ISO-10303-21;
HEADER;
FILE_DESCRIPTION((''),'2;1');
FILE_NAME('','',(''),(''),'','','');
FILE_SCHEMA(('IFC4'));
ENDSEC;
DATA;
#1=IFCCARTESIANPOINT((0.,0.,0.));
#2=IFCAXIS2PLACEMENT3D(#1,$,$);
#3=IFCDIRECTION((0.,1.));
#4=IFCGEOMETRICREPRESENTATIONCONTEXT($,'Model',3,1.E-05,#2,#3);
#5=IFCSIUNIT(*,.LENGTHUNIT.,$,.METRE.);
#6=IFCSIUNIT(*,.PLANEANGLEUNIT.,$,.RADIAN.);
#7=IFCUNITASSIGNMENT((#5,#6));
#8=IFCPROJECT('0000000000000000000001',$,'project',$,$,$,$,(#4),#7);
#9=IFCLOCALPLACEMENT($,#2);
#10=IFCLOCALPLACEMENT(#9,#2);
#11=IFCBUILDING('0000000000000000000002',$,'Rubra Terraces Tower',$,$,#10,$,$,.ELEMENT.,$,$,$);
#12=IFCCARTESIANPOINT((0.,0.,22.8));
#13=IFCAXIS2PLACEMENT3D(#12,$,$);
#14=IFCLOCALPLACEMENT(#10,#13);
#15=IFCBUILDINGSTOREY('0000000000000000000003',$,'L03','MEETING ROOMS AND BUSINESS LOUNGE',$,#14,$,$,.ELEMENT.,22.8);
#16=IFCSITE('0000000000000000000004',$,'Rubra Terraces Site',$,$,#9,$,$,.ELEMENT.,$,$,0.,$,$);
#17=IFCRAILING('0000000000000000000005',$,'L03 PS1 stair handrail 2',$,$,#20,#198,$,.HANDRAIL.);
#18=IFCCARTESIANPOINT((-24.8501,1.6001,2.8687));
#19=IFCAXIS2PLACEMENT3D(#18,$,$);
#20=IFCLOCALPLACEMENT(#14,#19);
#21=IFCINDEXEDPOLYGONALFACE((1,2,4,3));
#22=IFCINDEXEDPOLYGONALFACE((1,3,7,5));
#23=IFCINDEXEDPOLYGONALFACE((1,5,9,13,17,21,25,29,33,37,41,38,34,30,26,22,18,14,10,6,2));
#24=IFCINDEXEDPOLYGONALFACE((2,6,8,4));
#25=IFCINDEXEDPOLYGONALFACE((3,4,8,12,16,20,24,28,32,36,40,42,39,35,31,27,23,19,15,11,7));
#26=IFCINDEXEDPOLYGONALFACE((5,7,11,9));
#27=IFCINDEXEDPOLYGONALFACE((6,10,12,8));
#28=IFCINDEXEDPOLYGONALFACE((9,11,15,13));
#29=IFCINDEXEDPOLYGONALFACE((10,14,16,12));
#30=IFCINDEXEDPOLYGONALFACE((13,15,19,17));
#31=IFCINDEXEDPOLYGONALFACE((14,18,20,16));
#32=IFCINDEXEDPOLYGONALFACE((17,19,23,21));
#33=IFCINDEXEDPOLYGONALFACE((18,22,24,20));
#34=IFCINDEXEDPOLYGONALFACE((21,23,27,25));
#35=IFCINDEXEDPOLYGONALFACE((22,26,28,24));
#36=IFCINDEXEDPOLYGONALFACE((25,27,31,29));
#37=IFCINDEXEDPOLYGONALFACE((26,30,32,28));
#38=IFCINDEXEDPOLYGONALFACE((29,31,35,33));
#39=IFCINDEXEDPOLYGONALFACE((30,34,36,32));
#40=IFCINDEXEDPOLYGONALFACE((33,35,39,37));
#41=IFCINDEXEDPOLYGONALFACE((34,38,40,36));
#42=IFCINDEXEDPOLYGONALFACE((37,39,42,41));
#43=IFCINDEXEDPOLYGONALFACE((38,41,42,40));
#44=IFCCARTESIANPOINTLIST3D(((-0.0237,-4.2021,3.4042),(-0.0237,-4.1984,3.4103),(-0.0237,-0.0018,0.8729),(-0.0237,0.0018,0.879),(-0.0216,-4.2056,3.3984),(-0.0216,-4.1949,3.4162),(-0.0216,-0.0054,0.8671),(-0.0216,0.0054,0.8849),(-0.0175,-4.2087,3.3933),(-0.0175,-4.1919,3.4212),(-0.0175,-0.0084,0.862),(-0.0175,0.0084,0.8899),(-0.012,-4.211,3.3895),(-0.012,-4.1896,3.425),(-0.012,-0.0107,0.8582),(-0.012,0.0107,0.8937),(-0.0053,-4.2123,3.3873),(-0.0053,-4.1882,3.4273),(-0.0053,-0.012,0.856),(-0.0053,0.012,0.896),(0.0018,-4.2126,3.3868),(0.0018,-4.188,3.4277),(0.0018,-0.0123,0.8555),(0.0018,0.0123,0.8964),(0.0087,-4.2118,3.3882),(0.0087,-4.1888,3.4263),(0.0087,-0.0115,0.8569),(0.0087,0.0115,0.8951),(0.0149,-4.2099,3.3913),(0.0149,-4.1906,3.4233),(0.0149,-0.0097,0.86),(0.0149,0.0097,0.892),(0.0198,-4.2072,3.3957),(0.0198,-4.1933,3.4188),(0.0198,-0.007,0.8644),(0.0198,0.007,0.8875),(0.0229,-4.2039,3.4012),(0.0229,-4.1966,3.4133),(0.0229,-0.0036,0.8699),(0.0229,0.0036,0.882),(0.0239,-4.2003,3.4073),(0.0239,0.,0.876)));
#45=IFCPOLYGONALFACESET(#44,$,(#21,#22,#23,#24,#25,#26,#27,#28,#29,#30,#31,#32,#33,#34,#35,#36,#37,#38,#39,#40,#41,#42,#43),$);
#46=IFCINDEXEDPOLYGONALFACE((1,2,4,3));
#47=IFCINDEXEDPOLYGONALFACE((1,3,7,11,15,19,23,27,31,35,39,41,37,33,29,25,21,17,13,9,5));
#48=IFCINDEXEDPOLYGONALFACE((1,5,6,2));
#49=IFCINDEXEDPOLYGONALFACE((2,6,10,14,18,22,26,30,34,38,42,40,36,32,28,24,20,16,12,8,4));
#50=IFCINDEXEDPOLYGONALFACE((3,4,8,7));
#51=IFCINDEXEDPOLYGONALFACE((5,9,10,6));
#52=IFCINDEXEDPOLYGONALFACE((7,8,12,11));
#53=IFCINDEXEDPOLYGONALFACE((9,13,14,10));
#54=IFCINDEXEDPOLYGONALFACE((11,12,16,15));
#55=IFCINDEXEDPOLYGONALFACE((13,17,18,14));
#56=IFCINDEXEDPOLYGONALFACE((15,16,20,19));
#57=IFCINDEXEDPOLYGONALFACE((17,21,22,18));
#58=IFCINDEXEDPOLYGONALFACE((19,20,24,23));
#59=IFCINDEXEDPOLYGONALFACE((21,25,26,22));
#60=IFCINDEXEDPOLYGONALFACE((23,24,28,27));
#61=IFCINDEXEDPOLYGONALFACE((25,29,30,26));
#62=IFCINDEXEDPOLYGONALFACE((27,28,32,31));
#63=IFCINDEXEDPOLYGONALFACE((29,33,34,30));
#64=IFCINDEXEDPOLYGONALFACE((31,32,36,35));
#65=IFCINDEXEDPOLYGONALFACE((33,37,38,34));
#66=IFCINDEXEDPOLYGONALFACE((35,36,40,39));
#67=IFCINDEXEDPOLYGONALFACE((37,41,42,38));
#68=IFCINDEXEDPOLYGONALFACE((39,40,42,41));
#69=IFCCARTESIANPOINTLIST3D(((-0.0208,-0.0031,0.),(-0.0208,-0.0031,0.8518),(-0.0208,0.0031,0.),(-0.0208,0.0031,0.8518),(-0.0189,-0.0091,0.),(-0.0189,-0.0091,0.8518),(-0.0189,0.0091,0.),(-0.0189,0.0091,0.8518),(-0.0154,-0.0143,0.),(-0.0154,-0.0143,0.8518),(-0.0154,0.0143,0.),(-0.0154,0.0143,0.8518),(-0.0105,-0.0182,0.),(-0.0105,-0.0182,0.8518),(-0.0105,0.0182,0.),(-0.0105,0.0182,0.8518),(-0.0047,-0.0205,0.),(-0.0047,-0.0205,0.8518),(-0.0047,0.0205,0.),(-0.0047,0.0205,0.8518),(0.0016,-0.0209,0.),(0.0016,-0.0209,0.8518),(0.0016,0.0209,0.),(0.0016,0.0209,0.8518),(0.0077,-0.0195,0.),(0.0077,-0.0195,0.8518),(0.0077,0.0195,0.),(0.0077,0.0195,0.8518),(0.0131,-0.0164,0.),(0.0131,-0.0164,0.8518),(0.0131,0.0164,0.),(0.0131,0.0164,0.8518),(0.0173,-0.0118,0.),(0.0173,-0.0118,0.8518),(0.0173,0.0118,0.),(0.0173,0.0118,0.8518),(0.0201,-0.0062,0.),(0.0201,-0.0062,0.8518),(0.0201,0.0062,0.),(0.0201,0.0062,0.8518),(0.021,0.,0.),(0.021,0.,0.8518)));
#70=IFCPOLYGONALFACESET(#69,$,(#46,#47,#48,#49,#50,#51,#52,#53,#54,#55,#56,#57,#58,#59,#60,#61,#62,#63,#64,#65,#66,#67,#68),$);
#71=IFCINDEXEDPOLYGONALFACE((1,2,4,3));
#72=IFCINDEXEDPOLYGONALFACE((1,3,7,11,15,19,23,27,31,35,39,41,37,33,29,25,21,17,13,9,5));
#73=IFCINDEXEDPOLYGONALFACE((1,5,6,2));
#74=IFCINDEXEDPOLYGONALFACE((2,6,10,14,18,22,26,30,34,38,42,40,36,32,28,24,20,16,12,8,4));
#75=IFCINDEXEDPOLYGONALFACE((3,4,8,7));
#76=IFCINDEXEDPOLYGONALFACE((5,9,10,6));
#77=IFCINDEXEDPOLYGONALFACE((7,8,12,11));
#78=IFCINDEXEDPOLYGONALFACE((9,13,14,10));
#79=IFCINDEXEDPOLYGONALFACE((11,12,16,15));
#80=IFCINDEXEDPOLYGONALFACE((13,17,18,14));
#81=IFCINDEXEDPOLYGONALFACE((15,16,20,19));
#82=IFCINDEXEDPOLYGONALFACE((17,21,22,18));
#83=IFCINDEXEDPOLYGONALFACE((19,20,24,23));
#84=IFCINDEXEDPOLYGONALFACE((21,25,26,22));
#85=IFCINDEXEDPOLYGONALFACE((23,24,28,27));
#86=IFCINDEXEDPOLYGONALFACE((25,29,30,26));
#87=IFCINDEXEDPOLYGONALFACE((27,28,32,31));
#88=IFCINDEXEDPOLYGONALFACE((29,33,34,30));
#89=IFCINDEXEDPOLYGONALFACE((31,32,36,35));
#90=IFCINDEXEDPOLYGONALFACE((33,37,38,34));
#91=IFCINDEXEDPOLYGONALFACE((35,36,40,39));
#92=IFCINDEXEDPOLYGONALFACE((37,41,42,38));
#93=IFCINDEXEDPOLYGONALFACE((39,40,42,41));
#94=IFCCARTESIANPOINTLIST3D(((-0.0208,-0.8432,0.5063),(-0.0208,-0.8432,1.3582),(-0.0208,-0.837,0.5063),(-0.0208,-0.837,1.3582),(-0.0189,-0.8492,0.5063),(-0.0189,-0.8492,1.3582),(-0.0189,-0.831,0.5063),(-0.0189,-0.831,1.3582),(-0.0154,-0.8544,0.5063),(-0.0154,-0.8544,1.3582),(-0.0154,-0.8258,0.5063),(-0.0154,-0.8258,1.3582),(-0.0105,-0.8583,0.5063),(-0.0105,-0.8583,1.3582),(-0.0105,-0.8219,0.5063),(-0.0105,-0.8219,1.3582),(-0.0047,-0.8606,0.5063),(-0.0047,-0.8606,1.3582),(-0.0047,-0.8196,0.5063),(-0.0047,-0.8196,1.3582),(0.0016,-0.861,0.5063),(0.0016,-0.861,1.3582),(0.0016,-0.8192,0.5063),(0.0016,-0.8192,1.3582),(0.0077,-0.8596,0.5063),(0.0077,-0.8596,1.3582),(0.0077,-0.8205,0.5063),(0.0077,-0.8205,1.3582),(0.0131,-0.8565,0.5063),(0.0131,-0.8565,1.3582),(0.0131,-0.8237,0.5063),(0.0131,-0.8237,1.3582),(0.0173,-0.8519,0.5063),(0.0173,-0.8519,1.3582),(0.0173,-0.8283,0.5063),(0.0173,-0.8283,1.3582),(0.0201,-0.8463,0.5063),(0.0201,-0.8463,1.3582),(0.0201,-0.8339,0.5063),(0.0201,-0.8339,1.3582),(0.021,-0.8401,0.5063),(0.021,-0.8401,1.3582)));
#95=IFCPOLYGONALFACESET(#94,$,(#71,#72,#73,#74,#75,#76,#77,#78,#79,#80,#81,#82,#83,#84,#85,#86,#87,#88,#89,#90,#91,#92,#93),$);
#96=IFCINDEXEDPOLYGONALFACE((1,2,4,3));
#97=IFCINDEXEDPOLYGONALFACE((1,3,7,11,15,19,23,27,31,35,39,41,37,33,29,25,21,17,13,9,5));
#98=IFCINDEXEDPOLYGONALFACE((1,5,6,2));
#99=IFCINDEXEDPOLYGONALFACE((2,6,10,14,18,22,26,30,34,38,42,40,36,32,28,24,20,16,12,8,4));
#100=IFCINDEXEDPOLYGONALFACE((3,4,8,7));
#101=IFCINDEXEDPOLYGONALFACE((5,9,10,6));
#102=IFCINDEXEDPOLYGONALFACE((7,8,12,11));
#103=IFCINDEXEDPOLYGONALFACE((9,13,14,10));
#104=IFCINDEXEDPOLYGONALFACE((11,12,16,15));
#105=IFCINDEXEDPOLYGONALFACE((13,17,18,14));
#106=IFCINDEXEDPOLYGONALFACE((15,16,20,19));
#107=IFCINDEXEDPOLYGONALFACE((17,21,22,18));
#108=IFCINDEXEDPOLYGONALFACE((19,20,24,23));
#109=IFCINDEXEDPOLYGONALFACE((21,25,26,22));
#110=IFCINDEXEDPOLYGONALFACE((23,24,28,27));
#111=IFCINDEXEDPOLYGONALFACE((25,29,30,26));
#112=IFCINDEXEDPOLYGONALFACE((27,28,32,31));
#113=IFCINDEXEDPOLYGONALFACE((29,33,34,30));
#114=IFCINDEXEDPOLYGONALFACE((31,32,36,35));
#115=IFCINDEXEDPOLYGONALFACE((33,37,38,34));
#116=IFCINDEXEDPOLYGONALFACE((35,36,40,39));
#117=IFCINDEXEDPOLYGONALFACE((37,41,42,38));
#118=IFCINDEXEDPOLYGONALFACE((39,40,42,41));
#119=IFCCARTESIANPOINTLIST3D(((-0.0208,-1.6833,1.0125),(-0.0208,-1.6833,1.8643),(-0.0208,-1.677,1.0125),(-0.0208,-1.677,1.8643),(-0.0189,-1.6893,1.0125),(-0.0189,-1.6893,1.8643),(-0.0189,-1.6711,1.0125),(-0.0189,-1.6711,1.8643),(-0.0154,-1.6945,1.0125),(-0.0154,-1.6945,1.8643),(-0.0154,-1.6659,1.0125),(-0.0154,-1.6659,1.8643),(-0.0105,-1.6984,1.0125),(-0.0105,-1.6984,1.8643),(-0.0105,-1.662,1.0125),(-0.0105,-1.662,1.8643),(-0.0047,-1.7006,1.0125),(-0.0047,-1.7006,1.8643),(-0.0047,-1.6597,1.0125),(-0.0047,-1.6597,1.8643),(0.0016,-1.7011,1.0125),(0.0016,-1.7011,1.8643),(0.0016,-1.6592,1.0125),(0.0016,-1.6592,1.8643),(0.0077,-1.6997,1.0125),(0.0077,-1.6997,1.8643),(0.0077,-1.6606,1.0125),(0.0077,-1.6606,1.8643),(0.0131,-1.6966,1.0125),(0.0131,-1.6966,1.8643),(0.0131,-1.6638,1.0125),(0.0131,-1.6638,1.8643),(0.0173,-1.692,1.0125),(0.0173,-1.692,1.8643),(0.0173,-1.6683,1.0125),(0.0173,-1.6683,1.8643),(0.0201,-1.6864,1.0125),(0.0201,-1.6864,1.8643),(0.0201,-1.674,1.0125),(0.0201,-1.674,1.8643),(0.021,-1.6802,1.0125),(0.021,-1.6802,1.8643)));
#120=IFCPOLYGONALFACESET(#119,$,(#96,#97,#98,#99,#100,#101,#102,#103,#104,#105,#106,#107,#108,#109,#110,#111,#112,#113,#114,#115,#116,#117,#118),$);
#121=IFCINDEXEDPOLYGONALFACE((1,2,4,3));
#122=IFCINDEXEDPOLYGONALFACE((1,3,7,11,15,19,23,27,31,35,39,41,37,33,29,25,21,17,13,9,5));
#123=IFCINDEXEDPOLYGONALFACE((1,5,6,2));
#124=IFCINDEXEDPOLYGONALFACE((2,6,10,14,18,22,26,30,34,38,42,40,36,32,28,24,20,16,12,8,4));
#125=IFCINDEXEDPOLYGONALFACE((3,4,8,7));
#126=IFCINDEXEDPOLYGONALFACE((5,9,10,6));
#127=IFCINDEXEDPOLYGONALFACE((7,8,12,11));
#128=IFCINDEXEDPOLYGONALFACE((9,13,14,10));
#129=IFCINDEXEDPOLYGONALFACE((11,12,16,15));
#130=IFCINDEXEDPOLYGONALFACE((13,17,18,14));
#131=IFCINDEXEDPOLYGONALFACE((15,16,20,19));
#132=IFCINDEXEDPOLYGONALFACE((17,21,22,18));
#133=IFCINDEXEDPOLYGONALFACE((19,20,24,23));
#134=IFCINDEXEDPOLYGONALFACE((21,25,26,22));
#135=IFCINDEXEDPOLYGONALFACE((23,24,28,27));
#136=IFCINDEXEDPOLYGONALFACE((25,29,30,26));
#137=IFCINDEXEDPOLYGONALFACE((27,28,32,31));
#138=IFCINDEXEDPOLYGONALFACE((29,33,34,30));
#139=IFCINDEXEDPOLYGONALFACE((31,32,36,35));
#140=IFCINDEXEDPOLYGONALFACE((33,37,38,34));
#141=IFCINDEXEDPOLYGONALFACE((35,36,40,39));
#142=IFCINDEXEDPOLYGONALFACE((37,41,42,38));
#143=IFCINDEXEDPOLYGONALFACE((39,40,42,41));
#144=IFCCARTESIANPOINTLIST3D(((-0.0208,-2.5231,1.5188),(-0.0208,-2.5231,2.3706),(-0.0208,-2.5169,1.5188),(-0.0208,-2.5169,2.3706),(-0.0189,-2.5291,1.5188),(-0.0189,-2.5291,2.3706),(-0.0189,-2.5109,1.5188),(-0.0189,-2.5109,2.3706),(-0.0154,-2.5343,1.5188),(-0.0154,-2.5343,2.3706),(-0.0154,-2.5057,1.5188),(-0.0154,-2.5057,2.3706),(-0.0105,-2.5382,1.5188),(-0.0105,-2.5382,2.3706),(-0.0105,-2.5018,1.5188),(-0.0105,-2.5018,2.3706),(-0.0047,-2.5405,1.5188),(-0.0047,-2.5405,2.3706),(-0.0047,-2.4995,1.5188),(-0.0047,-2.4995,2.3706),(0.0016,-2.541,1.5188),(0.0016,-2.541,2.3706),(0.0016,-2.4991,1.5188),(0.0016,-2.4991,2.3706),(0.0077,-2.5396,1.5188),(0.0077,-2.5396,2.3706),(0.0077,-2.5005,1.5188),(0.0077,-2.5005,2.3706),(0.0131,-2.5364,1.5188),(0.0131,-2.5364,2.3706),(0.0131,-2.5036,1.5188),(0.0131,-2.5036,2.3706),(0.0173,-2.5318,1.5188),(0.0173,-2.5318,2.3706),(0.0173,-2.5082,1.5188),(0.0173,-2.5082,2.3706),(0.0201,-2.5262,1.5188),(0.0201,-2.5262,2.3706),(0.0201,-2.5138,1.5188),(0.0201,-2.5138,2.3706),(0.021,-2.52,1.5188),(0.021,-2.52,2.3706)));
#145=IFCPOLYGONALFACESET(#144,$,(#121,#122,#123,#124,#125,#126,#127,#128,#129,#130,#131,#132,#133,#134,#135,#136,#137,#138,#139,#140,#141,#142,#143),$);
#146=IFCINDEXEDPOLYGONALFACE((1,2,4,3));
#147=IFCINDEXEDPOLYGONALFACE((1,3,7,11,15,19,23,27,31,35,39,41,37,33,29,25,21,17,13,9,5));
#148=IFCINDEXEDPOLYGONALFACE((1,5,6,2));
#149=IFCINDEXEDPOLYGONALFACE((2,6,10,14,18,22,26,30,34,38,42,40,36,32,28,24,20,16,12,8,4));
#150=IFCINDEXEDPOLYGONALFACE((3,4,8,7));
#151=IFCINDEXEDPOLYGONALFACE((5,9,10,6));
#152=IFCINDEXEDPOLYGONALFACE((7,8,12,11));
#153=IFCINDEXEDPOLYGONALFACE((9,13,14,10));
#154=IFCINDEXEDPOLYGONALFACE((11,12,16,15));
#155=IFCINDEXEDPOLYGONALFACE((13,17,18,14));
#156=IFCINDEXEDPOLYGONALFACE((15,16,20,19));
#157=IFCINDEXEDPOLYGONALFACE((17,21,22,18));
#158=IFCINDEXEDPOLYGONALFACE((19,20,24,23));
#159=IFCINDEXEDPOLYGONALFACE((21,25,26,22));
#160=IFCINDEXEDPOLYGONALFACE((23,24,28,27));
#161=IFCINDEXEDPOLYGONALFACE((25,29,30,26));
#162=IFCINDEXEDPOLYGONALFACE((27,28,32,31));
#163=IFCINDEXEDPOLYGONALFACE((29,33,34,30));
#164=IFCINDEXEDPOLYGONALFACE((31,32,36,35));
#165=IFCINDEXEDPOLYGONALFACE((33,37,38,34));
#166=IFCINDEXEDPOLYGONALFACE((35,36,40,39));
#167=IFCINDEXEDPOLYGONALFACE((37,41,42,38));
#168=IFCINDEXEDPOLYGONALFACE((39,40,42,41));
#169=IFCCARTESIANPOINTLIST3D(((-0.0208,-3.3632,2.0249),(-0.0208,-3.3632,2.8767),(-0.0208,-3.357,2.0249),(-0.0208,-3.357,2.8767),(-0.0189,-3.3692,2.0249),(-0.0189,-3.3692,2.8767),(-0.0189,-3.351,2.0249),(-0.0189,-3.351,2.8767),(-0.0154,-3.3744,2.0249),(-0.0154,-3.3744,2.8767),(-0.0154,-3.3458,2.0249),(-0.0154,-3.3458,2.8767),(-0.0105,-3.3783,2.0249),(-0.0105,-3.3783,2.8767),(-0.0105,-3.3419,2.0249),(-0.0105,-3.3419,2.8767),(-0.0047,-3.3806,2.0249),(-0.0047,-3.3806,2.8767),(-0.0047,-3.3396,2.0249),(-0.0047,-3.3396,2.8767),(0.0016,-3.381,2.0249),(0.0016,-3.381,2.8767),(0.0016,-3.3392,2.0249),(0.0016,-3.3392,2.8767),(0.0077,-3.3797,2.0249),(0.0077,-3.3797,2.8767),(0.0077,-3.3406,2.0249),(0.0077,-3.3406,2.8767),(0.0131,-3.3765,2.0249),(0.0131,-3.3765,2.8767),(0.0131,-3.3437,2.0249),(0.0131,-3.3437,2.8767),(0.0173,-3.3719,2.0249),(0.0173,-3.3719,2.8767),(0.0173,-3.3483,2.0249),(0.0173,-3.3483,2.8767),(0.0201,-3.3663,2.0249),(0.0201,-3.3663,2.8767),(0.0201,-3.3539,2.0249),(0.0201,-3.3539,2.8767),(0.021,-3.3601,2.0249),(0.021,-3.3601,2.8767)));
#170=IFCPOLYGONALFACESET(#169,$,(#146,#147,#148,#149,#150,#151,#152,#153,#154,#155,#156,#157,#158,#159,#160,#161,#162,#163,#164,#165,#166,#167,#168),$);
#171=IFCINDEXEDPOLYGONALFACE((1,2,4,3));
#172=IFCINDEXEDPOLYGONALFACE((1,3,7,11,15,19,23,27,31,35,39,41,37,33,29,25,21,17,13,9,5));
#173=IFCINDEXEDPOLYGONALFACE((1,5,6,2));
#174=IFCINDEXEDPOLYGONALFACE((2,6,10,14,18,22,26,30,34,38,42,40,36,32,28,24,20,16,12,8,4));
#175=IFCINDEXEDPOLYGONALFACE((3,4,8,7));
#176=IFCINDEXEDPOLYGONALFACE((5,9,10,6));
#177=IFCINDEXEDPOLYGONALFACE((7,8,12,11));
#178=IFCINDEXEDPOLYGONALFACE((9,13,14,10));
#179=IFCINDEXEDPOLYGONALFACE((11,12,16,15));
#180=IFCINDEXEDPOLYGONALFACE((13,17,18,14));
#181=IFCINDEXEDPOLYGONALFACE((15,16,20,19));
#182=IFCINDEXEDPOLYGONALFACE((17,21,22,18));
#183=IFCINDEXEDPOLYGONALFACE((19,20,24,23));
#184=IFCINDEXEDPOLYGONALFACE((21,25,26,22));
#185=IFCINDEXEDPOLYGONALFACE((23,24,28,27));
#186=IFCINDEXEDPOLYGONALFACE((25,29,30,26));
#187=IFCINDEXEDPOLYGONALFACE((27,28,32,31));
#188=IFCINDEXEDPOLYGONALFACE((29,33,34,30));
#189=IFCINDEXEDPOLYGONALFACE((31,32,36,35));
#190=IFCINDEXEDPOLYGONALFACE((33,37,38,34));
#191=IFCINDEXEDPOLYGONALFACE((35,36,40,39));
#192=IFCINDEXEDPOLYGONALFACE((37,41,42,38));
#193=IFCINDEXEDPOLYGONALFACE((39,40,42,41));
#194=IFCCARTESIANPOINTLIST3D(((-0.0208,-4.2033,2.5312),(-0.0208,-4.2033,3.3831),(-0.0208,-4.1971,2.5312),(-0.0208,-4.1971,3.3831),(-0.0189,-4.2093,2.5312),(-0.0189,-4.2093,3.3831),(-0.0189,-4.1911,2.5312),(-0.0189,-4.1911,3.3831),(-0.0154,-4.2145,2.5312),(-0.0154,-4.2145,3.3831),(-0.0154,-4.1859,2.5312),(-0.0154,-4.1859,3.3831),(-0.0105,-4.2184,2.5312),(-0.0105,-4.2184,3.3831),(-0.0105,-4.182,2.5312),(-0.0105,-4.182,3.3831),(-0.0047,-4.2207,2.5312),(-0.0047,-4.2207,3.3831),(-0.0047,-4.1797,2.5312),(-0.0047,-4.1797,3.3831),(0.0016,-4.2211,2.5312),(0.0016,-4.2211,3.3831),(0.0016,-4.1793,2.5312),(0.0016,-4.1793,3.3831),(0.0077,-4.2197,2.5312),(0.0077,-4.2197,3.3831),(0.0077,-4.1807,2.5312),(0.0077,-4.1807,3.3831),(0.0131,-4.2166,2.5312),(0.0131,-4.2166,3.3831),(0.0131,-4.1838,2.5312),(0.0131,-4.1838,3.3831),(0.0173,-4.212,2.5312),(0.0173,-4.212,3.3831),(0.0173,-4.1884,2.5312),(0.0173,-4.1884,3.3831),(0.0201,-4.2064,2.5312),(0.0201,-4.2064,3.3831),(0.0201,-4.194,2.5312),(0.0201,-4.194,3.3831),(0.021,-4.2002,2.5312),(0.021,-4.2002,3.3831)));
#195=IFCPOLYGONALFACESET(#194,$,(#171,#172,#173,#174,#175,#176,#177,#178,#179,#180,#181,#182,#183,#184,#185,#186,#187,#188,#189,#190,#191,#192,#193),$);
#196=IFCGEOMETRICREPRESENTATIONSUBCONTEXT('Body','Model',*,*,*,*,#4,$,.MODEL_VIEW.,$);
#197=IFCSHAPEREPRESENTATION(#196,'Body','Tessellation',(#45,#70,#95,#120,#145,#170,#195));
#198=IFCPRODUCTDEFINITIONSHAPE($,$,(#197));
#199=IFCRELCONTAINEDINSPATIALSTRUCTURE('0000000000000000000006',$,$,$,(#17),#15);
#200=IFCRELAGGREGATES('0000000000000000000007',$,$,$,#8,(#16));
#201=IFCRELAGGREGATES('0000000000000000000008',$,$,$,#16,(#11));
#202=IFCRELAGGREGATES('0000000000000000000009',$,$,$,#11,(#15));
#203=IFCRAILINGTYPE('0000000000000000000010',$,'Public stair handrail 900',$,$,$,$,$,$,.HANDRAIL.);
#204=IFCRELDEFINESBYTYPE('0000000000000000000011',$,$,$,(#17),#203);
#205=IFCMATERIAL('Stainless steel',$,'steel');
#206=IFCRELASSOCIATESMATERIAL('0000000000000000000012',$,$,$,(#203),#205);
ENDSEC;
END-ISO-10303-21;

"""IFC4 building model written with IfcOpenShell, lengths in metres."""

from ifc_helpers import new_model, si_unit, direction, frame, origin, origin_2d, place, context, subcontext, project, spatial, circle, extrude, material, type_object, element, save


model = new_model("IFC4")

# Units and contexts
model_context = context("Model", 3, precision=1e-05, world=origin(), true_north=direction((0.0, 1.0)))
body_context = subcontext(model_context, "Body", "Model", "MODEL_VIEW")
ifc_project = project(units=[si_unit("LENGTHUNIT", "METRE"), si_unit("PLANEANGLEUNIT", "RADIAN")], contexts=[model_context])

# Site, building, storey
site_placement = place(None, origin())
site = spatial("IfcSite", under=ifc_project, at=site_placement, Name="Rubra Terraces Site", CompositionType="ELEMENT", RefElevation=0.0)
building_placement = place(site_placement, origin())
building = spatial("IfcBuilding", under=site, at=building_placement, Name="Rubra Terraces Tower", CompositionType="ELEMENT")
storey_placement = place(building_placement, frame((0.0, 0.0, 22.8)))
storey = spatial("IfcBuildingStorey", under=building, at=storey_placement, Name="L03", Description="MEETING ROOMS AND BUSINESS LOUNGE", CompositionType="ELEMENT", Elevation=22.8)

# Railing
ifc_material_1 = material(Name="Stainless steel", Category="steel")
railing_type_1 = type_object("IfcRailingType", Name="Public stair handrail 900", PredefinedType="HANDRAIL", material=ifc_material_1)
railing_1_placement = place(storey_placement, frame((-24.8501, 1.6001, 2.8687)))
element("IfcRailing", 1, at=railing_1_placement, inside=storey, type_object=railing_type_1, Name="L03 PS1 stair handrail 2", PredefinedType="HANDRAIL", context=body_context, shape_type="SweptSolid", body=[
    extrude(circle(Radius=0.0239, at=origin_2d()), frame((0.0, 0.0, 0.876), z_axis=(0.0, -0.85649, 0.516164), x_axis=(1.0, 0.0, 0.0)), (0.0, 0.0, 1.0), 4.9041),
    extrude(circle(Radius=0.021, at=origin_2d()), origin(), (0.0, 0.0, 1.0), 0.8518),
    extrude(circle(Radius=0.021, at=origin_2d()), frame((0.0, -0.8401, 0.5063)), (0.0, 0.0, 1.0), 0.8518),
    extrude(circle(Radius=0.021, at=origin_2d()), frame((0.0, -1.6802, 1.0125)), (0.0, 0.0, 1.0), 0.8518),
    extrude(circle(Radius=0.021, at=origin_2d()), frame((0.0, -2.52, 1.5188)), (0.0, 0.0, 1.0), 0.8518),
    extrude(circle(Radius=0.021, at=origin_2d()), frame((0.0, -3.3601, 2.0249)), (0.0, 0.0, 1.0), 0.8518),
    extrude(circle(Radius=0.021, at=origin_2d()), frame((0.0, -4.2002, 2.5312)), (0.0, 0.0, 1.0), 0.8518),
])

save(model, "model.ifc")
